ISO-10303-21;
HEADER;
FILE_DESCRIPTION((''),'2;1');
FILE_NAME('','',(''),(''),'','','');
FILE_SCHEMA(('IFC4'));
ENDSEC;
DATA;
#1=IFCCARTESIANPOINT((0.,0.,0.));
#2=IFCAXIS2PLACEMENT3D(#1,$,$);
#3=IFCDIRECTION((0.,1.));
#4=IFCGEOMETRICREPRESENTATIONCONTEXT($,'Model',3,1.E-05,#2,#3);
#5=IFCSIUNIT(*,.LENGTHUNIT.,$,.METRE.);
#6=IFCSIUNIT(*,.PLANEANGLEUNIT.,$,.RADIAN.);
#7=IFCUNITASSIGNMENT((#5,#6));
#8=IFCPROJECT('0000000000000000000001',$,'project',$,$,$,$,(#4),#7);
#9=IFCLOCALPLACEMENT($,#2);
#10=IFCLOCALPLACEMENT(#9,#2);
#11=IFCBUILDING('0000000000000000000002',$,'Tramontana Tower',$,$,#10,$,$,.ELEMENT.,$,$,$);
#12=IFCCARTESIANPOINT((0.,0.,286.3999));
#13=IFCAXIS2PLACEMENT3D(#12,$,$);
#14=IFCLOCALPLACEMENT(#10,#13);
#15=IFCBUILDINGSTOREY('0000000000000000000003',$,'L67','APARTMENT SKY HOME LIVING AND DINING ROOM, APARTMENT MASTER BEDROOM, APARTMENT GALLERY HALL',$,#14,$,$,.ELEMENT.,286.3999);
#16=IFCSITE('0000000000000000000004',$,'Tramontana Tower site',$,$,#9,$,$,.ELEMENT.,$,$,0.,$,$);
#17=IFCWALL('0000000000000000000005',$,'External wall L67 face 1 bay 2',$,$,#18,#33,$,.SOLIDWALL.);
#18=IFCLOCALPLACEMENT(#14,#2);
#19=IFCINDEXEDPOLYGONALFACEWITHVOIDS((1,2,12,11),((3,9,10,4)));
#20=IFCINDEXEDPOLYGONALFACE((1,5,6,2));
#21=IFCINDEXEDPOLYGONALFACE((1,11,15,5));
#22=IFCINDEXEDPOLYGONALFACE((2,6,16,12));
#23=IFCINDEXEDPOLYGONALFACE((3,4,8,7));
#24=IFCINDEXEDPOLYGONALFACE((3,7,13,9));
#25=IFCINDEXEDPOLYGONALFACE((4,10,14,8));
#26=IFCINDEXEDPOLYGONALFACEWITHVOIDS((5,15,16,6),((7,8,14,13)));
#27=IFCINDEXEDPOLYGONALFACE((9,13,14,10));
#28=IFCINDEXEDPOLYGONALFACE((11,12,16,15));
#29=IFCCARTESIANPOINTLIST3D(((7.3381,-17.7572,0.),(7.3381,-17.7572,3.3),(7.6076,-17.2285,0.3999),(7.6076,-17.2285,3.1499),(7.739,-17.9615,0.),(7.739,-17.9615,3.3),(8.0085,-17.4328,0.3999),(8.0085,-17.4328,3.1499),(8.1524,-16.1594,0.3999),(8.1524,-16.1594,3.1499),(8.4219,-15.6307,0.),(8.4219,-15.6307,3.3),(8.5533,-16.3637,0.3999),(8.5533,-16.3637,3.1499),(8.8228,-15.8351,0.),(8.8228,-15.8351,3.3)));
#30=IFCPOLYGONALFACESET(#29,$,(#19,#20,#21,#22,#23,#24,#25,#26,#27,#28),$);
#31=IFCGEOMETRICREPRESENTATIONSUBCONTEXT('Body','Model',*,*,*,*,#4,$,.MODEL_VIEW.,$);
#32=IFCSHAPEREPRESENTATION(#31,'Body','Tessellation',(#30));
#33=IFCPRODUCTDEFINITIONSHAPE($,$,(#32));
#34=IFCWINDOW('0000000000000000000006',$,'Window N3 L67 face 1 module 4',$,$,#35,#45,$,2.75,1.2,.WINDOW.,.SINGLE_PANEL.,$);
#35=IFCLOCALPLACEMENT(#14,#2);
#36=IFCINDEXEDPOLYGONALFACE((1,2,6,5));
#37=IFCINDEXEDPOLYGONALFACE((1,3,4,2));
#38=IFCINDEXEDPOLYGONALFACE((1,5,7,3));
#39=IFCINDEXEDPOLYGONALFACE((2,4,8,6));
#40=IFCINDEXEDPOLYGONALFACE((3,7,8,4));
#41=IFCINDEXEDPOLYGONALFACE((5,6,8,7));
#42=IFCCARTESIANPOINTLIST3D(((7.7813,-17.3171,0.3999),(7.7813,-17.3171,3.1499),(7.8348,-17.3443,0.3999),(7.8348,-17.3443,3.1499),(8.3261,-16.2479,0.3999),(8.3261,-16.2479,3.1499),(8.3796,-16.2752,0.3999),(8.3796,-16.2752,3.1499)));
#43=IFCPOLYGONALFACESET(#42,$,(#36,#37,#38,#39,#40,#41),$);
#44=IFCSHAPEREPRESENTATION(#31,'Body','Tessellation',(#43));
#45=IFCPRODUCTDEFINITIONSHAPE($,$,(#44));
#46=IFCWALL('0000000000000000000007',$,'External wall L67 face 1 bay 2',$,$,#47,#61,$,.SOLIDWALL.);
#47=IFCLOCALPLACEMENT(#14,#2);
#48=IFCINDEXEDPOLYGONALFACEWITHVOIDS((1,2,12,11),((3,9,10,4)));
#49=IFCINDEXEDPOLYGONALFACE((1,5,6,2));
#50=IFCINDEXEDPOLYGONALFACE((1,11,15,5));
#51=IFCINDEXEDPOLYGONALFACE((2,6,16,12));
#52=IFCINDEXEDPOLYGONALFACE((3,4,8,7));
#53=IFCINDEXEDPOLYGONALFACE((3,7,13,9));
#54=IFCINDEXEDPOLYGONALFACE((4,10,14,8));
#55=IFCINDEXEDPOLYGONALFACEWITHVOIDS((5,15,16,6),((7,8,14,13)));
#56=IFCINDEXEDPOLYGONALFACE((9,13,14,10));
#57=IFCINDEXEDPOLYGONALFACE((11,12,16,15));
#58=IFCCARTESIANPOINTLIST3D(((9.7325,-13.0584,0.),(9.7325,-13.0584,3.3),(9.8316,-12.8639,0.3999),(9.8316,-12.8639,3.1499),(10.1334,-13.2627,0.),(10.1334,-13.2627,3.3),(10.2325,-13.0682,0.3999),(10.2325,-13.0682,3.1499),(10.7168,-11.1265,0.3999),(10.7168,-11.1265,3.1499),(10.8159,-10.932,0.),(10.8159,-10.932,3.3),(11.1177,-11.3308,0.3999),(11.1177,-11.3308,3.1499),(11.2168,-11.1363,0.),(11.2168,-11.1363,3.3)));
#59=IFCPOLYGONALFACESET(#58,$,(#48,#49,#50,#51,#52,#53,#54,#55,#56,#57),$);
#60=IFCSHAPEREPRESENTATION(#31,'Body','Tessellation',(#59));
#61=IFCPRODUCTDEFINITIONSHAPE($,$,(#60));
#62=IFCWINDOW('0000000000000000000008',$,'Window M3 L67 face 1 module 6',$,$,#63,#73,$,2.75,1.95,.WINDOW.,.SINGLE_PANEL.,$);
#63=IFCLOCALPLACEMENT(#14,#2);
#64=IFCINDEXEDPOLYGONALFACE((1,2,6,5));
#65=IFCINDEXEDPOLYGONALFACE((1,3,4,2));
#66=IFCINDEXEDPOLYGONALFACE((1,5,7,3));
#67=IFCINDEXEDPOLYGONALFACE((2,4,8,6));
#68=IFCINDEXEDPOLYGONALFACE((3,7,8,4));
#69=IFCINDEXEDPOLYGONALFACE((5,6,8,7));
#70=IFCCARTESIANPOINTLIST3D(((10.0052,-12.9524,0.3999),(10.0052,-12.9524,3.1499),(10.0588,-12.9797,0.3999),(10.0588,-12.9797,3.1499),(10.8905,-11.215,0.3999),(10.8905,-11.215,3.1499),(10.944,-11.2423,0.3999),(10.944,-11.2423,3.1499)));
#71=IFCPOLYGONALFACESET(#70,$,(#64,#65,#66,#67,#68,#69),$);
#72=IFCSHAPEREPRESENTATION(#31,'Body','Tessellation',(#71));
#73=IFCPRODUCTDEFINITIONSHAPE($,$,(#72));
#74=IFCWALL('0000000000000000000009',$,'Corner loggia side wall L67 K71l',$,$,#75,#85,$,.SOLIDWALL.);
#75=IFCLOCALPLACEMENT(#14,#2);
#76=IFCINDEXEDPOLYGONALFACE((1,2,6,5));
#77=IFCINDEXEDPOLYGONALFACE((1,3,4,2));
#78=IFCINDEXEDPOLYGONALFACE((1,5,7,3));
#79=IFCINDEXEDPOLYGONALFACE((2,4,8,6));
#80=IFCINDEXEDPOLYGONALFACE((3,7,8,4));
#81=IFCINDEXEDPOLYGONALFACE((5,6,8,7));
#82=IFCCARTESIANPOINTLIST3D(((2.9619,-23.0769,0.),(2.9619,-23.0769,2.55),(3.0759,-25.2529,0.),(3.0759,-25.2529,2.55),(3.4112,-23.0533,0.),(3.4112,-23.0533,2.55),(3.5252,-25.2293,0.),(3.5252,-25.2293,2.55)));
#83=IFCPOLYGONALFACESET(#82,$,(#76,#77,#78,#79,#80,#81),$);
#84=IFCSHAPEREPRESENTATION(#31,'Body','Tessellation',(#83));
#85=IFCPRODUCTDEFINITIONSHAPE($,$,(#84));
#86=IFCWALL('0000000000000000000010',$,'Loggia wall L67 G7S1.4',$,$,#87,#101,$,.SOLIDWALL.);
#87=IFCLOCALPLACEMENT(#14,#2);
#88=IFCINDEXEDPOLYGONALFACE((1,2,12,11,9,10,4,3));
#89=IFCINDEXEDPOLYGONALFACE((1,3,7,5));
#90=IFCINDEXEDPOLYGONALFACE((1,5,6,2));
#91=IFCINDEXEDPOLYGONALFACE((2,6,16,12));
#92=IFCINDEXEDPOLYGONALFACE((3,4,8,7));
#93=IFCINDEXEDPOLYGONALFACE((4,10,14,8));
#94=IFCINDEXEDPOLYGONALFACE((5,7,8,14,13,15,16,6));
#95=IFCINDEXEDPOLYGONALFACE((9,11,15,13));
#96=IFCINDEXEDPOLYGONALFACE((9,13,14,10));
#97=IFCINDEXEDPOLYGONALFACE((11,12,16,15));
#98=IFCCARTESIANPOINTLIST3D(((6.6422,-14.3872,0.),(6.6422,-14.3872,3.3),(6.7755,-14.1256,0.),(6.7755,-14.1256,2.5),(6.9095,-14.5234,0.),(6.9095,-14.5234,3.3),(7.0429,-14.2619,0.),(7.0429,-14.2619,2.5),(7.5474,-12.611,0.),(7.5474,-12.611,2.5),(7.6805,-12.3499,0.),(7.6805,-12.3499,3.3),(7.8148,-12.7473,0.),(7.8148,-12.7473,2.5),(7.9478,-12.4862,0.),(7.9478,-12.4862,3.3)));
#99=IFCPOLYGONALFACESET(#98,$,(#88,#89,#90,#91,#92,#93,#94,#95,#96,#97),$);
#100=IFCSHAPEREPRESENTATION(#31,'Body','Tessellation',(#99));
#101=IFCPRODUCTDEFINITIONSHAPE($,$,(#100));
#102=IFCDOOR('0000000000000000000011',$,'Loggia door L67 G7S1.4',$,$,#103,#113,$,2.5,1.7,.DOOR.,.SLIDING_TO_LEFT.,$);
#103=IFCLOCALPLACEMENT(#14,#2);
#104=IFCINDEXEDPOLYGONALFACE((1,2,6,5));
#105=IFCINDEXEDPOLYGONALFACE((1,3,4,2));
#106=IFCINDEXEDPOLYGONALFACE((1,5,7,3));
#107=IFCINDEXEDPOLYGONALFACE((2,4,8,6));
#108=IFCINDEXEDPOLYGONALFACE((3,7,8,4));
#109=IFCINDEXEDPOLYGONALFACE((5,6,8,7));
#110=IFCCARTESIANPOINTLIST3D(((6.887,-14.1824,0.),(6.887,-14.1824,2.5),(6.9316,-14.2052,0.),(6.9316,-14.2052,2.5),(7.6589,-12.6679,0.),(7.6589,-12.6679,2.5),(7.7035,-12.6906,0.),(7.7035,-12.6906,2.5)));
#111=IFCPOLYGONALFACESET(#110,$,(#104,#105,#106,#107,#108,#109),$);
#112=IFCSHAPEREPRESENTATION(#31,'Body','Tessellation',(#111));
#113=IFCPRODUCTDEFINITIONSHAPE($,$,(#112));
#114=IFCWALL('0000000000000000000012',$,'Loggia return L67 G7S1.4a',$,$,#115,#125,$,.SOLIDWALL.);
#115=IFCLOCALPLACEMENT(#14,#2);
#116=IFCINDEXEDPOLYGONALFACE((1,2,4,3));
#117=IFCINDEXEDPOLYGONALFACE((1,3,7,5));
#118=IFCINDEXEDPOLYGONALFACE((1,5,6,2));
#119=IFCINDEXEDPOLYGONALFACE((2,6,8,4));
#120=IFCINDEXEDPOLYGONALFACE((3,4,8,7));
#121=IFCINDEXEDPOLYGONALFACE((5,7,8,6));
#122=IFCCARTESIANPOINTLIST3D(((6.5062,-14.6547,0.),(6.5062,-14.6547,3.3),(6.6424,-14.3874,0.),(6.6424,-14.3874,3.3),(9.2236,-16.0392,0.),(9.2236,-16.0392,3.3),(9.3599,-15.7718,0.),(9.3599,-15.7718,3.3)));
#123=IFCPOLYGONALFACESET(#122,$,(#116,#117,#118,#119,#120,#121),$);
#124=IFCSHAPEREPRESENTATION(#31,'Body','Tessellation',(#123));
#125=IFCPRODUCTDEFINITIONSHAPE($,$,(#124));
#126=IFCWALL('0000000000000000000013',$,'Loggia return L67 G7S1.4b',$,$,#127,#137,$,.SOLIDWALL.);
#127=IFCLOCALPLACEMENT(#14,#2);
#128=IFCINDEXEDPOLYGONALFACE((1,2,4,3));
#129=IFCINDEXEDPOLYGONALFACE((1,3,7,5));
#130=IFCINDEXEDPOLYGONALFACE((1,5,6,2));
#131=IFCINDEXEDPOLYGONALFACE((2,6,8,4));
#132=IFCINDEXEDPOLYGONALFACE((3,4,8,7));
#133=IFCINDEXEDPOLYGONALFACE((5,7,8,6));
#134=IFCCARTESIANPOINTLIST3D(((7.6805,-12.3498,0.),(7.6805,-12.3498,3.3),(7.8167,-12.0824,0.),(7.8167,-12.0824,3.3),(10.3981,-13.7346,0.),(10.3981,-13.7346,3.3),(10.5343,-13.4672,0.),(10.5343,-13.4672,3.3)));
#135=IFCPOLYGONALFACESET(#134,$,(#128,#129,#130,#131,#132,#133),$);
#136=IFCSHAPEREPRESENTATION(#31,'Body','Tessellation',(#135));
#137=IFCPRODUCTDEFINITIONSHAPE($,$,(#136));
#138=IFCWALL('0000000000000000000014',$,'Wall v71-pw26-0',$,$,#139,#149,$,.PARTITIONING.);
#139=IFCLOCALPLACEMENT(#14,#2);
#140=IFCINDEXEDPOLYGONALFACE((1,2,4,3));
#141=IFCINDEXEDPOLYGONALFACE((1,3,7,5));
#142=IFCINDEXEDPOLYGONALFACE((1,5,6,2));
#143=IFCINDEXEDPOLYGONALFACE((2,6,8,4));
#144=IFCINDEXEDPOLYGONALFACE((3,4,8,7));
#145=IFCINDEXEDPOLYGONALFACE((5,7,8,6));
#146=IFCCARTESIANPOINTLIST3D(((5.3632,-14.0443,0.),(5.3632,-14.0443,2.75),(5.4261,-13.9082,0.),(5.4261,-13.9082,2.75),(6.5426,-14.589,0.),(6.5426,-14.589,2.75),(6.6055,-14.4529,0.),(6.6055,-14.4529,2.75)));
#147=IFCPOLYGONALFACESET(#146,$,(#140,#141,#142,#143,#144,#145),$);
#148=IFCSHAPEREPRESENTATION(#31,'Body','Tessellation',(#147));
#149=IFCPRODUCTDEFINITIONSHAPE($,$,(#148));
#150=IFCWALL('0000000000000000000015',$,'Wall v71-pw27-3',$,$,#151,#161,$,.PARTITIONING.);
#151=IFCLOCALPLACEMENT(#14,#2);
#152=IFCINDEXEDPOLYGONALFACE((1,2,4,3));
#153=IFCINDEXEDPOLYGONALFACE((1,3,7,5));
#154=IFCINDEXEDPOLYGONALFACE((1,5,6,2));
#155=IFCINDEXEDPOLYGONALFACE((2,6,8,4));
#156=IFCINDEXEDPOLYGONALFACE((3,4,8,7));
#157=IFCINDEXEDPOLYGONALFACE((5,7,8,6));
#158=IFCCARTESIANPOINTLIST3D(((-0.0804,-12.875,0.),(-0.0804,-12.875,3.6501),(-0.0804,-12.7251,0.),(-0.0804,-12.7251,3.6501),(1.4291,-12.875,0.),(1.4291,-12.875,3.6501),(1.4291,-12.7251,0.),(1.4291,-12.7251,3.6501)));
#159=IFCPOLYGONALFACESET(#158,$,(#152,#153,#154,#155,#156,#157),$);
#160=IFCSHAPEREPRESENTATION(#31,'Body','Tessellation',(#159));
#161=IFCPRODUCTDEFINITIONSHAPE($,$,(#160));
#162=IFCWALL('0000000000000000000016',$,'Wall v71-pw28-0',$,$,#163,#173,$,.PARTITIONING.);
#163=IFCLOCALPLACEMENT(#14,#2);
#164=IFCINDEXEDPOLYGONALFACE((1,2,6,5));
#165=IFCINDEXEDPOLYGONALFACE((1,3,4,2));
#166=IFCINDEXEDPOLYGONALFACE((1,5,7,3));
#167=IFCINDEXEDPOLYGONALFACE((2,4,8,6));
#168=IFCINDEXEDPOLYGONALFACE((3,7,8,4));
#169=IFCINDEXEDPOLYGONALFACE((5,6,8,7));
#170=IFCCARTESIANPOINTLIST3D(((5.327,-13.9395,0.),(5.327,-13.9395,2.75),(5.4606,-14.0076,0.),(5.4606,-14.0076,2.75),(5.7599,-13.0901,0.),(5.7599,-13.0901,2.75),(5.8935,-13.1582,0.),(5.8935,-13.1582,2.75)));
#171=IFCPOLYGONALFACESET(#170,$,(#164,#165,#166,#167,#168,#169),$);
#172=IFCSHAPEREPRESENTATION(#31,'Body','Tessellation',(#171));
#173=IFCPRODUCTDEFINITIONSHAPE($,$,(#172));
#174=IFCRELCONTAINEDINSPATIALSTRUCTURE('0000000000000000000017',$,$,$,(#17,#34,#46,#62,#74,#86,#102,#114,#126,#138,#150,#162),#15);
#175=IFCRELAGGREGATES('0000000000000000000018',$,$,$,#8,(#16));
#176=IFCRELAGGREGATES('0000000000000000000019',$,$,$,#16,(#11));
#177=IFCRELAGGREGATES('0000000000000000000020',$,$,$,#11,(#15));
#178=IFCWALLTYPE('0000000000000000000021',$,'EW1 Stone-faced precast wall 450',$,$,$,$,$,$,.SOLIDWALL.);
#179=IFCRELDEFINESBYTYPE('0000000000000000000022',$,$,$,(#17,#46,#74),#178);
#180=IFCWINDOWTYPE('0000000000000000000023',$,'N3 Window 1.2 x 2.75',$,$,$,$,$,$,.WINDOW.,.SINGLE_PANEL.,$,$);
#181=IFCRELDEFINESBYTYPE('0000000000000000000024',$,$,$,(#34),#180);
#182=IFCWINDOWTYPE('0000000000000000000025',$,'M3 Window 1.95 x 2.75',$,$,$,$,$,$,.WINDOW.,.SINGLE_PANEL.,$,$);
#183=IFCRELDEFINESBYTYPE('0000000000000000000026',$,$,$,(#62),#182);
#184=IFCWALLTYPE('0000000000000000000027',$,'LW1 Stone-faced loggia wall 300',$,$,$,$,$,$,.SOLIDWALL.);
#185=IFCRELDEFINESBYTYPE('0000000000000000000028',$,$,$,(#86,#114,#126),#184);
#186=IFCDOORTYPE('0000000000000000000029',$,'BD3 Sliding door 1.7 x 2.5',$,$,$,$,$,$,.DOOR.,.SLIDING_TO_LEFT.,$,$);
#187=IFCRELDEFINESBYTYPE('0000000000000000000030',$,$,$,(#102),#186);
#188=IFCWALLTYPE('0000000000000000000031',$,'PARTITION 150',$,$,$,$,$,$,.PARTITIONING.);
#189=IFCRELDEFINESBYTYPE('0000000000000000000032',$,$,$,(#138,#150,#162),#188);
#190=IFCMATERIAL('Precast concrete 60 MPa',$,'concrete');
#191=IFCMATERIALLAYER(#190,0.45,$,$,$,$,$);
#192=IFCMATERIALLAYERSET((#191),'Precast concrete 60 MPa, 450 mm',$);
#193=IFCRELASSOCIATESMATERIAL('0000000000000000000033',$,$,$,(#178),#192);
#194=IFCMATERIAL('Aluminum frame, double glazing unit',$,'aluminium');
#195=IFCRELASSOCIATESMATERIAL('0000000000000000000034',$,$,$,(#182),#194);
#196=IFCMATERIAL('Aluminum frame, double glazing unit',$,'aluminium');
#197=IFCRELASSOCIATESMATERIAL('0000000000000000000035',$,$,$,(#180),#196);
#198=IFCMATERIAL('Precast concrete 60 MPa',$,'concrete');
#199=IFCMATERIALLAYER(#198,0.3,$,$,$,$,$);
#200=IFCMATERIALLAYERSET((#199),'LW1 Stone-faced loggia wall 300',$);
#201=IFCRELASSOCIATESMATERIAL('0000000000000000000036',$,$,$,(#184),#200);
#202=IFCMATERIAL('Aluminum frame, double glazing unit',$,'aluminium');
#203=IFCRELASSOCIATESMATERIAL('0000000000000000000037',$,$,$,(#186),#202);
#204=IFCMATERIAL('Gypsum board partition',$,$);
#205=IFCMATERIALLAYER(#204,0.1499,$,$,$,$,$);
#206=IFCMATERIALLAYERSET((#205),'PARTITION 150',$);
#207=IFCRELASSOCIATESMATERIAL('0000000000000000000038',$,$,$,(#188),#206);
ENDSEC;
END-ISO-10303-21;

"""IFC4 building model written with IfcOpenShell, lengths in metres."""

from ifc_helpers import new_model, si_unit, direction, frame, frame_2d, origin, place, context, subcontext, project, spatial, rectangle, extrude, material, layer, layer_set, type_object, element, fill, save


model = new_model("IFC4")

# Units and contexts
model_context = context("Model", 3, precision=1e-05, world=origin(), true_north=direction((0.0, 1.0)))
body_context = subcontext(model_context, "Body", "Model", "MODEL_VIEW")
ifc_project = project(units=[si_unit("LENGTHUNIT", "METRE"), si_unit("PLANEANGLEUNIT", "RADIAN")], contexts=[model_context])

# Site, building, storey
site_placement = place(None, origin())
site = spatial("IfcSite", under=ifc_project, at=site_placement, Name="Tramontana Tower site", CompositionType="ELEMENT", RefElevation=0.0)
building_placement = place(site_placement, origin())
building = spatial("IfcBuilding", under=site, at=building_placement, Name="Tramontana Tower", CompositionType="ELEMENT")
storey_placement = place(building_placement, frame((0.0, 0.0, 286.3999)))
storey = spatial("IfcBuildingStorey", under=building, at=storey_placement, Name="L67", Description="APARTMENT SKY HOME LIVING AND DINING ROOM, APARTMENT MASTER BEDROOM, APARTMENT GALLERY HALL", CompositionType="ELEMENT", Elevation=286.3999)

# Shared definitions
ifc_material_1 = material(Name="Precast concrete 60 MPa", Category="concrete")
ifc_layer_1 = layer(ifc_material_1, 0.45)
ifc_layer_set_1 = layer_set([ifc_layer_1], Name="Precast concrete 60 MPa, 450 mm")
wall_type_1 = type_object("IfcWallType", Name="EW1 Stone-faced precast wall 450", PredefinedType="SOLIDWALL", material=ifc_layer_set_1)
ifc_material_2 = material(Name="Aluminum frame, double glazing unit", Category="aluminium")
window_type_1 = type_object("IfcWindowType", Name="M3 Window 1.95 x 2.75", PartitioningType="SINGLE_PANEL", PredefinedType="WINDOW", material=ifc_material_2)

# Walls, openings, windows
wall_1_placement = place(storey_placement, frame((7.5386, -17.8594, 0.0), z_axis=(0.0, 0.0, 1.0), x_axis=(0.454074, 0.890964, 0.0)))
wall_1 = element("IfcWall", 1, at=wall_1_placement, inside=storey, type_object=wall_type_1, Name="External wall L67 face 1 bay 2", PredefinedType="SOLIDWALL", context=body_context, shape_type="SweptSolid", body=[
    extrude(rectangle(XDim=2.3867, YDim=0.45, at=frame_2d((1.1934, 0.0))), origin(), (0.0, 0.0, 1.0), 3.3),
])
opening_1_placement = place(wall_1_placement, frame((0.5933, 0.0, 0.3999)))
opening_1 = element("IfcOpeningElement", 2, at=opening_1_placement, cuts=wall_1, PredefinedType="OPENING", context=body_context, shape_type="SweptSolid", body=[
    extrude(rectangle(XDim=1.2, YDim=2.75, at=frame_2d((0.6001, 1.375))), frame((0.0, 0.2349, 0.0), z_axis=(0.0, -1.0, 0.0), x_axis=(1.0, 0.0, 0.0)), (0.0, 0.0, 1.0), 0.47),
])
ifc_material_3 = material(Name="Aluminum frame, double glazing unit", Category="aluminium")
window_type_2 = type_object("IfcWindowType", Name="N3 Window 1.2 x 2.75", PartitioningType="SINGLE_PANEL", PredefinedType="WINDOW", material=ifc_material_3)
window_1_placement = place(opening_1_placement, origin())
window_1 = element("IfcWindow", 3, at=window_1_placement, inside=storey, type_object=window_type_2, Name="Window N3 L67 face 1 module 4", OverallHeight=2.75, OverallWidth=1.2, PartitioningType="SINGLE_PANEL", PredefinedType="WINDOW", context=body_context, shape_type="SweptSolid", body=[
    extrude(rectangle(XDim=1.2, YDim=2.75, at=frame_2d((0.6001, 1.375))), frame((0.0, 0.03, 0.0), z_axis=(0.0, -1.0, 0.0), x_axis=(1.0, 0.0, 0.0)), (0.0, 0.0, 1.0), 0.0601),
])
fill(opening_1, window_1)
wall_2_placement = place(storey_placement, frame((9.9329, -13.1606, 0.0), z_axis=(0.0, 0.0, 1.0), x_axis=(0.453993, 0.891005, 0.0)))
wall_2 = element("IfcWall", 4, at=wall_2_placement, inside=storey, type_object=wall_type_1, Name="External wall L67 face 1 bay 2", PredefinedType="SOLIDWALL", context=body_context, shape_type="SweptSolid", body=[
    extrude(rectangle(XDim=2.3865, YDim=0.45, at=frame_2d((1.1934, 0.0))), origin(), (0.0, 0.0, 1.0), 3.3),
])
opening_2_placement = place(wall_2_placement, frame((0.2183, 0.0, 0.3999)))
opening_2 = element("IfcOpeningElement", 5, at=opening_2_placement, cuts=wall_2, PredefinedType="OPENING", context=body_context, shape_type="SweptSolid", body=[
    extrude(rectangle(XDim=1.95, YDim=2.75, at=frame_2d((0.9751, 1.375))), frame((0.0, 0.2349, 0.0), z_axis=(0.0, -1.0, 0.0), x_axis=(1.0, 0.0, 0.0)), (0.0, 0.0, 1.0), 0.47),
])
window_2_placement = place(opening_2_placement, origin())
window_2 = element("IfcWindow", 6, at=window_2_placement, inside=storey, type_object=window_type_1, Name="Window M3 L67 face 1 module 6", OverallHeight=2.75, OverallWidth=1.95, PartitioningType="SINGLE_PANEL", PredefinedType="WINDOW", context=body_context, shape_type="SweptSolid", body=[
    extrude(rectangle(XDim=1.95, YDim=2.75, at=frame_2d((0.9751, 1.375))), frame((0.0, 0.03, 0.0), z_axis=(0.0, -1.0, 0.0), x_axis=(1.0, 0.0, 0.0)), (0.0, 0.0, 1.0), 0.0601),
])
fill(opening_2, window_2)

# Wall
wall_3_placement = place(storey_placement, frame((3.3005, -25.241, 0.0), z_axis=(0.0, 0.0, 1.0), x_axis=(-0.052324, 0.99863, 0.0)))
element("IfcWall", 7, at=wall_3_placement, inside=storey, type_object=wall_type_1, Name="Corner loggia side wall L67 K71l", PredefinedType="SOLIDWALL", context=body_context, shape_type="SweptSolid", body=[
    extrude(rectangle(XDim=2.179, YDim=0.45, at=frame_2d((1.0894, 0.0))), origin(), (0.0, 0.0, 1.0), 2.55),
])

# Wall, opening, door
ifc_material_4 = material(Name="Precast concrete 60 MPa", Category="concrete")
ifc_layer_2 = layer(ifc_material_4, 0.3)
ifc_layer_set_2 = layer_set([ifc_layer_2], Name="LW1 Stone-faced loggia wall 300")
wall_type_2 = type_object("IfcWallType", Name="LW1 Stone-faced loggia wall 300", PredefinedType="SOLIDWALL", material=ifc_layer_set_2)
wall_4_placement = place(storey_placement, frame((6.7759, -14.4553, 0.0), z_axis=(0.0, 0.0, 1.0), x_axis=(0.454076, 0.890963, 0.0)))
wall_4 = element("IfcWall", 8, at=wall_4_placement, inside=storey, type_object=wall_type_2, Name="Loggia wall L67 G7S1.4", PredefinedType="SOLIDWALL", context=body_context, shape_type="SweptSolid", body=[
    extrude(rectangle(XDim=2.2866, YDim=0.3, at=frame_2d((1.1433, 0.0))), origin(), (0.0, 0.0, 1.0), 3.3),
])
opening_3_placement = place(wall_4_placement, frame((0.2935, 0.0, 0.0)))
opening_3 = element("IfcOpeningElement", 9, at=opening_3_placement, cuts=wall_4, PredefinedType="OPENING", context=body_context, shape_type="SweptSolid", body=[
    extrude(rectangle(XDim=1.7, YDim=2.5, at=frame_2d((0.8501, 1.25))), frame((0.0, 0.1599, 0.0), z_axis=(0.0, -1.0, 0.0), x_axis=(1.0, 0.0, 0.0)), (0.0, 0.0, 1.0), 0.3201),
])
ifc_material_5 = material(Name="Aluminum frame, double glazing unit", Category="aluminium")
door_type_1 = type_object("IfcDoorType", Name="BD3 Sliding door 1.7 x 2.5", OperationType="SLIDING_TO_LEFT", PredefinedType="DOOR", material=ifc_material_5)
door_1_placement = place(opening_3_placement, origin())
door_1 = element("IfcDoor", 10, at=door_1_placement, inside=storey, type_object=door_type_1, Name="Loggia door L67 G7S1.4", OperationType="SLIDING_TO_LEFT", OverallHeight=2.5, OverallWidth=1.7, PredefinedType="DOOR", context=body_context, shape_type="SweptSolid", body=[
    extrude(rectangle(XDim=1.7, YDim=2.5, at=frame_2d((0.8501, 1.25))), frame((0.0, 0.0249, 0.0), z_axis=(0.0, -1.0, 0.0), x_axis=(1.0, 0.0, 0.0)), (0.0, 0.0, 1.0), 0.05),
])
fill(opening_3, door_1)

# Walls
wall_5_placement = place(storey_placement, frame((9.2917, -15.9055, 0.0), z_axis=(0.0, 0.0, 1.0), x_axis=(-0.891024, 0.453957, 0.0)))
element("IfcWall", 11, at=wall_5_placement, inside=storey, type_object=wall_type_2, Name="Loggia return L67 G7S1.4a", PredefinedType="SOLIDWALL", context=body_context, shape_type="SweptSolid", body=[
    extrude(rectangle(XDim=3.0498, YDim=0.3, at=frame_2d((1.5249, 0.0))), origin(), (0.0, 0.0, 1.0), 3.3),
])
wall_6_placement = place(storey_placement, frame((10.4661, -13.6008, 0.0), z_axis=(0.0, 0.0, 1.0), x_axis=(-0.890991, 0.454021, 0.0)))
element("IfcWall", 12, at=wall_6_placement, inside=storey, type_object=wall_type_2, Name="Loggia return L67 G7S1.4b", PredefinedType="SOLIDWALL", context=body_context, shape_type="SweptSolid", body=[
    extrude(rectangle(XDim=3.05, YDim=0.3, at=frame_2d((1.5249, 0.0))), origin(), (0.0, 0.0, 1.0), 3.3),
])
ifc_material_6 = material(Name="Gypsum board partition")
ifc_layer_3 = layer(ifc_material_6, 0.1499)
ifc_layer_set_3 = layer_set([ifc_layer_3], Name="PARTITION 150")
wall_type_3 = type_object("IfcWallType", Name="PARTITION 150", PredefinedType="PARTITIONING", material=ifc_layer_set_3)
wall_7_placement = place(storey_placement, frame((5.3948, -13.9763, 0.0), z_axis=(0.0, 0.0, 1.0), x_axis=(0.907866, -0.419261, 0.0)))
element("IfcWall", 13, at=wall_7_placement, inside=storey, type_object=wall_type_3, Name="Wall v71-pw26-0", PredefinedType="PARTITIONING", context=body_context, shape_type="SweptSolid", body=[
    extrude(rectangle(XDim=1.2991, YDim=0.1499, at=frame_2d((0.6494, 0.0))), origin(), (0.0, 0.0, 1.0), 2.75),
])

# Walls
wall_8_placement = place(storey_placement, frame((1.4292, -12.8, 0.0), z_axis=(0.0, 0.0, 1.0), x_axis=(-1.0, 0.0, 0.0)))
element("IfcWall", 14, at=wall_8_placement, inside=storey, type_object=wall_type_3, Name="Wall v71-pw27-3", PredefinedType="PARTITIONING", context=body_context, shape_type="SweptSolid", body=[
    extrude(rectangle(XDim=1.5095, YDim=0.1499, at=frame_2d((0.7549, 0.0))), origin(), (0.0, 0.0, 1.0), 3.6501),
])
wall_9_placement = place(storey_placement, frame((5.8267, -13.1243, 0.0), z_axis=(0.0, 0.0, 1.0), x_axis=(-0.454064, -0.890969, 0.0)))
element("IfcWall", 15, at=wall_9_placement, inside=storey, type_object=wall_type_3, Name="Wall v71-pw28-0", PredefinedType="PARTITIONING", context=body_context, shape_type="SweptSolid", body=[
    extrude(rectangle(XDim=0.9534, YDim=0.1499, at=frame_2d((0.4766, 0.0))), origin(), (0.0, 0.0, 1.0), 2.75),
])

save(model, "model.ifc")
